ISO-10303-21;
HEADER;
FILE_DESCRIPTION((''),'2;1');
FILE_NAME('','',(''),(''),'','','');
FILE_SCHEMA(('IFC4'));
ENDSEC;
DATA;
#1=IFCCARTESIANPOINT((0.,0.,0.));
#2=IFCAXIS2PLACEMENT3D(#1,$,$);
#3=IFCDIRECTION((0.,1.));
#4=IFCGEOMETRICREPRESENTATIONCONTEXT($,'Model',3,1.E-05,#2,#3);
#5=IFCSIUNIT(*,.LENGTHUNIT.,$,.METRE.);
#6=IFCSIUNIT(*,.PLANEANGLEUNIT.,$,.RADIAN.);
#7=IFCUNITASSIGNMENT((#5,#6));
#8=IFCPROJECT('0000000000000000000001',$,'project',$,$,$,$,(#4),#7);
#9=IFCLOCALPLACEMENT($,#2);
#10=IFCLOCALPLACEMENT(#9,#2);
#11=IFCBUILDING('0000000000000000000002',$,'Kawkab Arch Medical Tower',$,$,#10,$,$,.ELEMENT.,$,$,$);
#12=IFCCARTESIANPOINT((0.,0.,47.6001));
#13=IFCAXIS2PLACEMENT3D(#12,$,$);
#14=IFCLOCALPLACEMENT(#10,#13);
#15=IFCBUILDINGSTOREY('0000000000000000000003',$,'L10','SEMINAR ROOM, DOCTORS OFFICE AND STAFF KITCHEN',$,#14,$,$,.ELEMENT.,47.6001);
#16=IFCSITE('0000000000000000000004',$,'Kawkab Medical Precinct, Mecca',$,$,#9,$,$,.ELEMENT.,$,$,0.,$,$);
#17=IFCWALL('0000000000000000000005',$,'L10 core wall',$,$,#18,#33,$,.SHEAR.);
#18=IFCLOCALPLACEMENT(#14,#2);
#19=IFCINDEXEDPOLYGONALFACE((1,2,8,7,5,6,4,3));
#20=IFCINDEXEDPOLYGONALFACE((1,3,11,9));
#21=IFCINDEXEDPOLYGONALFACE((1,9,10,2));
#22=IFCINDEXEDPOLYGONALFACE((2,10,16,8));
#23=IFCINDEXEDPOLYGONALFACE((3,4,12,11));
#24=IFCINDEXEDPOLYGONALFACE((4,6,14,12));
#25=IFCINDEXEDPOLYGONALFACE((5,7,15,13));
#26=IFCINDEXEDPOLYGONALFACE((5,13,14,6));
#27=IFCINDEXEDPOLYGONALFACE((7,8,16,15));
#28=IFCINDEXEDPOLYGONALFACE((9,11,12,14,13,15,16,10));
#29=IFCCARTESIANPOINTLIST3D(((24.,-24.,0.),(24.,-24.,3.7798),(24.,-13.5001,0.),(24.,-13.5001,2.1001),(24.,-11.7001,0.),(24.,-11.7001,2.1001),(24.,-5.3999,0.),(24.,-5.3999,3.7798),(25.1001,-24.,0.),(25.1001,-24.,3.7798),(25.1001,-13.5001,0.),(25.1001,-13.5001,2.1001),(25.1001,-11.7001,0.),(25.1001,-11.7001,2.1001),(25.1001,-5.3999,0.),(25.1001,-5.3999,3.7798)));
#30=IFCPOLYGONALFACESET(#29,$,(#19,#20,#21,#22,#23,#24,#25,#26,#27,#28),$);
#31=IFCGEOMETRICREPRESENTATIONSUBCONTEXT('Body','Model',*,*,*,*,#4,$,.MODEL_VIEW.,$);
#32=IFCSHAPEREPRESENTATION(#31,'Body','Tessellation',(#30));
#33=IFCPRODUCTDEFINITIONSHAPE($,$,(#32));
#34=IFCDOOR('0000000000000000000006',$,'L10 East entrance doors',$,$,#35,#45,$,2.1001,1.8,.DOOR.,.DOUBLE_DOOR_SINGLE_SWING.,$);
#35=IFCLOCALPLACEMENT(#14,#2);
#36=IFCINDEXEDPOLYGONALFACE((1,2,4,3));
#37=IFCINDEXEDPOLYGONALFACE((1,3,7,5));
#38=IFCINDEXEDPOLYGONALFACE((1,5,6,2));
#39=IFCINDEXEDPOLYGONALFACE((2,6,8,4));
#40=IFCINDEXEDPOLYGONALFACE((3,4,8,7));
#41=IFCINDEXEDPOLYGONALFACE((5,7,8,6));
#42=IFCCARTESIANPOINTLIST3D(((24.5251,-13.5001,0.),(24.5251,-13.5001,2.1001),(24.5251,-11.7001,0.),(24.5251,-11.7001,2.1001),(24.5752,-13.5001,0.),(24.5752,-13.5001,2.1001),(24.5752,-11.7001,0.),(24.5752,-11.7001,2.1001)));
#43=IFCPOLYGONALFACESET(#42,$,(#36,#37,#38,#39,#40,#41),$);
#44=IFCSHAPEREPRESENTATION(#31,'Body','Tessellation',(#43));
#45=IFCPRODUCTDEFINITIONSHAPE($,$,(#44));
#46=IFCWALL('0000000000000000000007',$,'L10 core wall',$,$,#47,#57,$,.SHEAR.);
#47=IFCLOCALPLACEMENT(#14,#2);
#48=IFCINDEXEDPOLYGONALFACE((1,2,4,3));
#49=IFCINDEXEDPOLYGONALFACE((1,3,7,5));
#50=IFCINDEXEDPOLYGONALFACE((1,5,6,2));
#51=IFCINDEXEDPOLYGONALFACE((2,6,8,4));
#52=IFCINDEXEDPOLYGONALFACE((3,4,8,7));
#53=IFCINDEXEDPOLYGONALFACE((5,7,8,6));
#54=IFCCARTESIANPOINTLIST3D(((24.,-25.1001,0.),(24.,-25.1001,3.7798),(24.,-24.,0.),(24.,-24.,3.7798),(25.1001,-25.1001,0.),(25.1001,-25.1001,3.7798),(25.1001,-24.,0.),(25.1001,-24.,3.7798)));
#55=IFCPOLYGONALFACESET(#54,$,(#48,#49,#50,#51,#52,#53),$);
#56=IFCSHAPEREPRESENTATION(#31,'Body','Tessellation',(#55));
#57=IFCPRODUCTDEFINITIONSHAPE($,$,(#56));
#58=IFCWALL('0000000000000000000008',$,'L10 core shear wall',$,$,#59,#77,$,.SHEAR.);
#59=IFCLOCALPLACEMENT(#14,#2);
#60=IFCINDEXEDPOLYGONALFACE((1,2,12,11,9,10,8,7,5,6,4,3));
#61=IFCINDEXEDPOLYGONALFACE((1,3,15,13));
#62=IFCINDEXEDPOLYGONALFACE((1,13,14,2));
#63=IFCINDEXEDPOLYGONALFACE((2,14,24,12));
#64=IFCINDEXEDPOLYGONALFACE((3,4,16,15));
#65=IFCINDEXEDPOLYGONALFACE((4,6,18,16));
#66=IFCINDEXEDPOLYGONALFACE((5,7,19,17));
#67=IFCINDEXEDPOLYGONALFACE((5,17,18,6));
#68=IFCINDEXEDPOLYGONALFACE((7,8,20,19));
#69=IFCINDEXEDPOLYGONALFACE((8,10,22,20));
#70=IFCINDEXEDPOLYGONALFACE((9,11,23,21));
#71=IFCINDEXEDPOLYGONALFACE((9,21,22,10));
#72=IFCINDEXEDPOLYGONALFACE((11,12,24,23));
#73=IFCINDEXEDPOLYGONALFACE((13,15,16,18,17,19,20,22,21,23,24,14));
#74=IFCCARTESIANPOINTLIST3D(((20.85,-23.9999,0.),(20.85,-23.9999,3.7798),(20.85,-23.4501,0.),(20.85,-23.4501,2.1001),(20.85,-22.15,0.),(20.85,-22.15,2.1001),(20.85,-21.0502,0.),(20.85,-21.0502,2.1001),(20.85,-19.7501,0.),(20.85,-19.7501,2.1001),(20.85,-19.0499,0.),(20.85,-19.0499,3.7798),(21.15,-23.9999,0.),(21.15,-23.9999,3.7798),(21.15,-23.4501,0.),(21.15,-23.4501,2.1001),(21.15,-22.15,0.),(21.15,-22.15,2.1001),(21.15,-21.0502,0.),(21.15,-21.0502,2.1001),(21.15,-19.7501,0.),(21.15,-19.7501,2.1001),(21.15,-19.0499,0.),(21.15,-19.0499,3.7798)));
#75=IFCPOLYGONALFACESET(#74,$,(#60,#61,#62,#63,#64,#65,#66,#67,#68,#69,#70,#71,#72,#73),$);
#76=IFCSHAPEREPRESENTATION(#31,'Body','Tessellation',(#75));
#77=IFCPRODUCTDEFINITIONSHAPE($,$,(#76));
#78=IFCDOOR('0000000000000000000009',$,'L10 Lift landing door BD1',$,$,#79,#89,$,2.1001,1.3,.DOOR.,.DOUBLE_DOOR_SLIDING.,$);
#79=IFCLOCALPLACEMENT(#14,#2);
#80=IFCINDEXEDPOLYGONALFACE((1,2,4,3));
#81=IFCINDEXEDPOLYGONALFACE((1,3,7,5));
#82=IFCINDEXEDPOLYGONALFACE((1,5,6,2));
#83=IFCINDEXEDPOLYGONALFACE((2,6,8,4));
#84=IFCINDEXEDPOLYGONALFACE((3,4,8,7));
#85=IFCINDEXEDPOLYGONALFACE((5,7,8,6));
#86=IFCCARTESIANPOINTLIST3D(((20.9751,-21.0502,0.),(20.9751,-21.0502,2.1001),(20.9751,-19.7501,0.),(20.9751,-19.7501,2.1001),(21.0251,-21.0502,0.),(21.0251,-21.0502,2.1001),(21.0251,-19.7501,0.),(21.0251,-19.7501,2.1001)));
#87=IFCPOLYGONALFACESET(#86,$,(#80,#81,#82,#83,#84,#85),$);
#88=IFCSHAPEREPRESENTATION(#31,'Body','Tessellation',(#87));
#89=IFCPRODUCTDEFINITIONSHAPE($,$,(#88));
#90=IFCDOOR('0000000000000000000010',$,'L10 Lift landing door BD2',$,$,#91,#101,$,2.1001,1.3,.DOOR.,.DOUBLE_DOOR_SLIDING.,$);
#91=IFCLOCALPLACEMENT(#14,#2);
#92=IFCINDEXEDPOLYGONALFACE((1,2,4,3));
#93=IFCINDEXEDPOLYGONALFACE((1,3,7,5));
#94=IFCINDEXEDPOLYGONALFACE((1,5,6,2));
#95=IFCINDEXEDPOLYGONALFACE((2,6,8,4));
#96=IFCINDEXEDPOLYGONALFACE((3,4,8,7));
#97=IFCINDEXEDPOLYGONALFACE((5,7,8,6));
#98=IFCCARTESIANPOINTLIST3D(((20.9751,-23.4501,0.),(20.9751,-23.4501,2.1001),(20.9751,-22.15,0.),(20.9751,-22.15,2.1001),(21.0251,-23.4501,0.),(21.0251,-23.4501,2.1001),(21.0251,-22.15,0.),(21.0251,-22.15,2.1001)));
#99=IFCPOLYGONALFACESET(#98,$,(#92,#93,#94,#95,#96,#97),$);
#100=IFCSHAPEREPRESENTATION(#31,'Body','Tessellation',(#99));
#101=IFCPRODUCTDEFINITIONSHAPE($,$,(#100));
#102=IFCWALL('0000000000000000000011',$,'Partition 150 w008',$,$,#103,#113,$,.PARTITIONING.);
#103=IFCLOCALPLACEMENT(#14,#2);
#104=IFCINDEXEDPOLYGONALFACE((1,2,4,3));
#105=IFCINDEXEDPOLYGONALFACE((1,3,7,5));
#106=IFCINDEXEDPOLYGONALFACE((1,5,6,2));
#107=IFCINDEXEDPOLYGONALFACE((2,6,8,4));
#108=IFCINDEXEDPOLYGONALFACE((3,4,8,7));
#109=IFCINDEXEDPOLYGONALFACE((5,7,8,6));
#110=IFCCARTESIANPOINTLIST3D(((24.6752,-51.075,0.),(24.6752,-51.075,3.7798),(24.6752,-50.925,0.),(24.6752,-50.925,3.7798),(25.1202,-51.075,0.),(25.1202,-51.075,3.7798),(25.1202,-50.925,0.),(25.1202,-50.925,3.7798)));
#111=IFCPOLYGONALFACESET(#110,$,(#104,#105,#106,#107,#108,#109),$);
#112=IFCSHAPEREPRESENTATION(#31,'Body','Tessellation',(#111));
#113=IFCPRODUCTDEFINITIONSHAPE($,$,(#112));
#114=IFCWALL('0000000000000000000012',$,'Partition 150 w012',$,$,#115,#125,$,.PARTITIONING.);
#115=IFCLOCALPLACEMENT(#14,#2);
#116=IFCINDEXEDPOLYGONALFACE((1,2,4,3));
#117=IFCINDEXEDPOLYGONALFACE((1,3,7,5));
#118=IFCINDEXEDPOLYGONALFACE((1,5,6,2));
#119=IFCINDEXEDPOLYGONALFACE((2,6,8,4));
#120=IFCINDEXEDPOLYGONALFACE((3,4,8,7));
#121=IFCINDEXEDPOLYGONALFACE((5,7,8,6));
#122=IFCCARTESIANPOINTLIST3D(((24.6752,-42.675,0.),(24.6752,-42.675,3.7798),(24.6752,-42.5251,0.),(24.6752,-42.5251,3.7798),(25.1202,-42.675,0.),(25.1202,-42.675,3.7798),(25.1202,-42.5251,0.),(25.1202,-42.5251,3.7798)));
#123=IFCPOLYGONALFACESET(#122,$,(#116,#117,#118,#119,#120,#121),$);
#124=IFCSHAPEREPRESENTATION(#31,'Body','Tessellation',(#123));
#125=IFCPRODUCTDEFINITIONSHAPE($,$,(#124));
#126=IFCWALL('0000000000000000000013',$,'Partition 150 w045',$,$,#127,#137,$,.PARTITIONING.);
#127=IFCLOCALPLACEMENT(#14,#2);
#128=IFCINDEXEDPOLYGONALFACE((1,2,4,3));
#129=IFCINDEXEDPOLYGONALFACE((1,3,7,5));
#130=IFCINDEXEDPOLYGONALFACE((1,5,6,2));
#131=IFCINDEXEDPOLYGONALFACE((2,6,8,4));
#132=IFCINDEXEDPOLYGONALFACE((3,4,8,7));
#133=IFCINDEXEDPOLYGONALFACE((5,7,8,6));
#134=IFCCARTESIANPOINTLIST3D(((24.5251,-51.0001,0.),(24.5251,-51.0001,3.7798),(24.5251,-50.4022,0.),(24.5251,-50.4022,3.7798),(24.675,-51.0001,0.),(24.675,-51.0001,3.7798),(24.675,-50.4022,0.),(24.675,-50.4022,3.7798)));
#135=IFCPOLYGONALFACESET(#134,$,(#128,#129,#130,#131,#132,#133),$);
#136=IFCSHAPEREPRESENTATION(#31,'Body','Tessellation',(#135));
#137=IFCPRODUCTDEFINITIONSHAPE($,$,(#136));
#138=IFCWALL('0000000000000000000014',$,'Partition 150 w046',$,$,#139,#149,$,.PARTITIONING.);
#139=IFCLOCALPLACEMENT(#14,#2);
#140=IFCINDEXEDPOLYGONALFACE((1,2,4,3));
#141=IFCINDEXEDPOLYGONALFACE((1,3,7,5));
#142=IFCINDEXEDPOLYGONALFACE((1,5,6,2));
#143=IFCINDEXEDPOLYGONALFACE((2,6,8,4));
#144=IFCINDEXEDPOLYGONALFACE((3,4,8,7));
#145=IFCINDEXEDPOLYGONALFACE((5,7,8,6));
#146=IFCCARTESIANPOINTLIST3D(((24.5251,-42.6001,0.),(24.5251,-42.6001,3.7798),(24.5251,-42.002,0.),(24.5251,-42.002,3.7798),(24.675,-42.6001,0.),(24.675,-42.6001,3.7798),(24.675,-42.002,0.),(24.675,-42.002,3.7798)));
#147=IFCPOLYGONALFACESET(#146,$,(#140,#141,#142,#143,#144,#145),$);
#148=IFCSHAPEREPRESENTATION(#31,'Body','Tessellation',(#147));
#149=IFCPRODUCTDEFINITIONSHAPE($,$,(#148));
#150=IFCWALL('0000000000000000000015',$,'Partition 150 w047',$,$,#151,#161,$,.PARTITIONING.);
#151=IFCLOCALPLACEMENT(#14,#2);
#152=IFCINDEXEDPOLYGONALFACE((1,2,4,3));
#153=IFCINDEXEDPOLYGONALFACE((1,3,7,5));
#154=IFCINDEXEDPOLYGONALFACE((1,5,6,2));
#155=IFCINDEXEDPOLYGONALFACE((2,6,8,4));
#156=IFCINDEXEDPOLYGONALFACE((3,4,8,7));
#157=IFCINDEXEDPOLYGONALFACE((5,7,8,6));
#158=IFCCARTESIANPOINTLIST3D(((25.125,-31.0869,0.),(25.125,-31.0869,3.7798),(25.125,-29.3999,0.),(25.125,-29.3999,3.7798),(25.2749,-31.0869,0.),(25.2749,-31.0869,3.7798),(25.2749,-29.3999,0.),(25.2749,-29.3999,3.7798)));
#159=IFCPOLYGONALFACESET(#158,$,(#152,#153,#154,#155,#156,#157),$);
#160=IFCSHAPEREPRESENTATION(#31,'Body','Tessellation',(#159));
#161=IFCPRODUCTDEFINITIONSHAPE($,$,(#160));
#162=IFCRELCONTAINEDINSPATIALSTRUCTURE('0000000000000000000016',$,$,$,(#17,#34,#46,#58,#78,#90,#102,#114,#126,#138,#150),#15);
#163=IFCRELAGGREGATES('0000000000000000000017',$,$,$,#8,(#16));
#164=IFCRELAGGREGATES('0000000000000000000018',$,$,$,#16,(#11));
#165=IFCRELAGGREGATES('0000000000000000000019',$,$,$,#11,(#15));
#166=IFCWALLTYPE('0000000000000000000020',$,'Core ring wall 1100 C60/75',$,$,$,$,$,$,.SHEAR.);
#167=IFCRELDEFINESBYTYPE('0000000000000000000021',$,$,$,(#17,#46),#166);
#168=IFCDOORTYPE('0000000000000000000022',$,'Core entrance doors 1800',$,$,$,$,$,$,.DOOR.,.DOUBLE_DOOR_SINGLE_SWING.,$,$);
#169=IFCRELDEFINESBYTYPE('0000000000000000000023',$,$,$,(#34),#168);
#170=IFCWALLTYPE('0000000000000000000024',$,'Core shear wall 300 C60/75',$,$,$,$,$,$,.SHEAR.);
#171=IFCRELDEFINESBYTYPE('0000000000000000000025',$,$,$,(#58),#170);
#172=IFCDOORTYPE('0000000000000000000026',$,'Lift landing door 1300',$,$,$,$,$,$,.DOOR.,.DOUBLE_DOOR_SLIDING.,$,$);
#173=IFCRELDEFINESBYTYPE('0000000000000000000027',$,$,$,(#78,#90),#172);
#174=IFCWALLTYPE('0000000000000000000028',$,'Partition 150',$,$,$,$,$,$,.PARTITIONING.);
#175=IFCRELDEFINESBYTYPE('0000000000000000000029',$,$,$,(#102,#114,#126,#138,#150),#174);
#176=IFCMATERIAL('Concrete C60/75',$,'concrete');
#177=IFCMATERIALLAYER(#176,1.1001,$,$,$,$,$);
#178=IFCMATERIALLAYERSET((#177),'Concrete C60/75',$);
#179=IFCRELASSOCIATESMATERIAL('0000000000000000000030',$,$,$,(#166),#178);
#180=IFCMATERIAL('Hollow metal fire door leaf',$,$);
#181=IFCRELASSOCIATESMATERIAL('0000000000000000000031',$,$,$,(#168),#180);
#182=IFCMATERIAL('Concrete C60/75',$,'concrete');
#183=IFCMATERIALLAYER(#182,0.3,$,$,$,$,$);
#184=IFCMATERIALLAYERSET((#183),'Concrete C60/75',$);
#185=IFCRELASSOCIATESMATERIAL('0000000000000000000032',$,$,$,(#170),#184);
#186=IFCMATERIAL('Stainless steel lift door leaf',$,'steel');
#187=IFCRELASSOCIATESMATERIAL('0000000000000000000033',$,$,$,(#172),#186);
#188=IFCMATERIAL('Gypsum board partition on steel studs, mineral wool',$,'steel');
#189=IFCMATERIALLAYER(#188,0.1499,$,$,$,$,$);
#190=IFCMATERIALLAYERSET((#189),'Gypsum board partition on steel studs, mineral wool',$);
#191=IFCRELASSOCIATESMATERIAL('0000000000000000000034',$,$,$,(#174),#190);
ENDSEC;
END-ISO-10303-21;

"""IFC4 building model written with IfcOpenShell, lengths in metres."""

from ifc_helpers import new_model, si_unit, direction, frame, frame_2d, origin, place, context, subcontext, project, spatial, rectangle, extrude, material, layer, layer_set, type_object, element, fill, save


model = new_model("IFC4")

# Units and contexts
model_context = context("Model", 3, precision=1e-05, world=origin(), true_north=direction((0.0, 1.0)))
body_context = subcontext(model_context, "Body", "Model", "MODEL_VIEW")
ifc_project = project(units=[si_unit("LENGTHUNIT", "METRE"), si_unit("PLANEANGLEUNIT", "RADIAN")], contexts=[model_context])

# Site, building, storey
site_placement = place(None, origin())
site = spatial("IfcSite", under=ifc_project, at=site_placement, Name="Kawkab Medical Precinct, Mecca", CompositionType="ELEMENT", RefElevation=0.0)
building_placement = place(site_placement, origin())
building = spatial("IfcBuilding", under=site, at=building_placement, Name="Kawkab Arch Medical Tower", CompositionType="ELEMENT")
storey_placement = place(building_placement, frame((0.0, 0.0, 47.6001)))
storey = spatial("IfcBuildingStorey", under=building, at=storey_placement, Name="L10", Description="SEMINAR ROOM, DOCTORS OFFICE AND STAFF KITCHEN", CompositionType="ELEMENT", Elevation=47.6001)

# Wall, opening, door
ifc_material_1 = material(Name="Concrete C60/75", Category="concrete")
ifc_layer_1 = layer(ifc_material_1, 1.1001)
ifc_layer_set_1 = layer_set([ifc_layer_1], Name="Concrete C60/75")
wall_type_1 = type_object("IfcWallType", Name="Core ring wall 1100 C60/75", PredefinedType="SHEAR", material=ifc_layer_set_1)
wall_1_placement = place(storey_placement, frame((24.55, -24.0, 0.0), z_axis=(0.0, 0.0, 1.0), x_axis=(0.0, 1.0, 0.0)))
wall_1 = element("IfcWall", 1, at=wall_1_placement, inside=storey, type_object=wall_type_1, Name="L10 core wall", PredefinedType="SHEAR", context=body_context, shape_type="SweptSolid", body=[
    extrude(rectangle(XDim=18.6001, YDim=1.1001, at=frame_2d((9.3, 0.0))), origin(), (0.0, 0.0, 1.0), 3.7798),
])
opening_1_placement = place(wall_1_placement, frame((10.5, 0.0, 0.0)))
opening_1 = element("IfcOpeningElement", 2, at=opening_1_placement, cuts=wall_1, PredefinedType="OPENING", context=body_context, shape_type="SweptSolid", body=[
    extrude(rectangle(XDim=1.8, YDim=2.1001, at=frame_2d((0.8999, 1.05))), frame((0.0, 0.5601, 0.0), z_axis=(0.0, -1.0, 0.0), x_axis=(1.0, 0.0, 0.0)), (0.0, 0.0, 1.0), 1.1201),
])
ifc_material_2 = material(Name="Hollow metal fire door leaf")
door_type_1 = type_object("IfcDoorType", Name="Core entrance doors 1800", OperationType="DOUBLE_DOOR_SINGLE_SWING", PredefinedType="DOOR", material=ifc_material_2)
door_1_placement = place(opening_1_placement, origin())
door_1 = element("IfcDoor", 3, at=door_1_placement, inside=storey, type_object=door_type_1, Name="L10 East entrance doors", OperationType="DOUBLE_DOOR_SINGLE_SWING", OverallHeight=2.1001, OverallWidth=1.8, PredefinedType="DOOR", context=body_context, shape_type="SweptSolid", body=[
    extrude(rectangle(XDim=1.8, YDim=2.1001, at=frame_2d((0.8999, 1.05))), frame((0.0, 0.0249, 0.0), z_axis=(0.0, -1.0, 0.0), x_axis=(1.0, 0.0, 0.0)), (0.0, 0.0, 1.0), 0.05),
])
fill(opening_1, door_1)

# Wall
wall_2_placement = place(storey_placement, frame((24.55, -25.1001, 0.0), z_axis=(0.0, 0.0, 1.0), x_axis=(0.0, 1.0, 0.0)))
element("IfcWall", 4, at=wall_2_placement, inside=storey, type_object=wall_type_1, Name="L10 core wall", PredefinedType="SHEAR", context=body_context, shape_type="SweptSolid", body=[
    extrude(rectangle(XDim=1.1001, YDim=1.1001, at=frame_2d((0.55, 0.0))), origin(), (0.0, 0.0, 1.0), 3.7798),
])

# Wall, openings, doors
ifc_material_3 = material(Name="Concrete C60/75", Category="concrete")
ifc_layer_2 = layer(ifc_material_3, 0.3)
ifc_layer_set_2 = layer_set([ifc_layer_2], Name="Concrete C60/75")
wall_type_2 = type_object("IfcWallType", Name="Core shear wall 300 C60/75", PredefinedType="SHEAR", material=ifc_layer_set_2)
wall_3_placement = place(storey_placement, frame((21.0, -24.0, 0.0), z_axis=(0.0, 0.0, 1.0), x_axis=(0.0, 1.0, 0.0)))
wall_3 = element("IfcWall", 5, at=wall_3_placement, inside=storey, type_object=wall_type_2, Name="L10 core shear wall", PredefinedType="SHEAR", context=body_context, shape_type="SweptSolid", body=[
    extrude(rectangle(XDim=4.95, YDim=0.3, at=frame_2d((2.4751, 0.0))), origin(), (0.0, 0.0, 1.0), 3.7798),
])
opening_2_placement = place(wall_3_placement, frame((2.95, 0.0, 0.0)))
opening_2 = element("IfcOpeningElement", 6, at=opening_2_placement, cuts=wall_3, PredefinedType="OPENING", context=body_context, shape_type="SweptSolid", body=[
    extrude(rectangle(XDim=1.3, YDim=2.1001, at=frame_2d((0.6499, 1.05))), frame((0.0, 0.1599, 0.0), z_axis=(0.0, -1.0, 0.0), x_axis=(1.0, 0.0, 0.0)), (0.0, 0.0, 1.0), 0.3201),
])
opening_3_placement = place(wall_3_placement, frame((0.55, 0.0, 0.0)))
opening_3 = element("IfcOpeningElement", 7, at=opening_3_placement, cuts=wall_3, PredefinedType="OPENING", context=body_context, shape_type="SweptSolid", body=[
    extrude(rectangle(XDim=1.3, YDim=2.1001, at=frame_2d((0.6499, 1.05))), frame((0.0, 0.1599, 0.0), z_axis=(0.0, -1.0, 0.0), x_axis=(1.0, 0.0, 0.0)), (0.0, 0.0, 1.0), 0.3201),
])
ifc_material_4 = material(Name="Stainless steel lift door leaf", Category="steel")
door_type_2 = type_object("IfcDoorType", Name="Lift landing door 1300", OperationType="DOUBLE_DOOR_SLIDING", PredefinedType="DOOR", material=ifc_material_4)
door_2_placement = place(opening_2_placement, origin())
door_2 = element("IfcDoor", 8, at=door_2_placement, inside=storey, type_object=door_type_2, Name="L10 Lift landing door BD1", OperationType="DOUBLE_DOOR_SLIDING", OverallHeight=2.1001, OverallWidth=1.3, PredefinedType="DOOR", context=body_context, shape_type="SweptSolid", body=[
    extrude(rectangle(XDim=1.3, YDim=2.1001, at=frame_2d((0.6499, 1.05))), frame((0.0, 0.0249, 0.0), z_axis=(0.0, -1.0, 0.0), x_axis=(1.0, 0.0, 0.0)), (0.0, 0.0, 1.0), 0.05),
])
fill(opening_2, door_2)
door_3_placement = place(opening_3_placement, origin())
door_3 = element("IfcDoor", 9, at=door_3_placement, inside=storey, type_object=door_type_2, Name="L10 Lift landing door BD2", OperationType="DOUBLE_DOOR_SLIDING", OverallHeight=2.1001, OverallWidth=1.3, PredefinedType="DOOR", context=body_context, shape_type="SweptSolid", body=[
    extrude(rectangle(XDim=1.3, YDim=2.1001, at=frame_2d((0.6499, 1.05))), frame((0.0, 0.0249, 0.0), z_axis=(0.0, -1.0, 0.0), x_axis=(1.0, 0.0, 0.0)), (0.0, 0.0, 1.0), 0.05),
])
fill(opening_3, door_3)

# Walls
ifc_material_5 = material(Name="Gypsum board partition on steel studs, mineral wool", Category="steel")
ifc_layer_3 = layer(ifc_material_5, 0.1499)
ifc_layer_set_3 = layer_set([ifc_layer_3], Name="Gypsum board partition on steel studs, mineral wool")
wall_type_3 = type_object("IfcWallType", Name="Partition 150", PredefinedType="PARTITIONING", material=ifc_layer_set_3)
for number, where, z_axis, x_axis, name in (
    (10, (24.675, -51.0, 0.0), (0.0, 0.0, 1.0), (1.0, 0.0, 0.0), "Partition 150 w008"),
    (11, (24.675, -42.6001, 0.0), (0.0, 0.0, 1.0), (1.0, 0.0, 0.0), "Partition 150 w012"),
):
    element("IfcWall", number, at=place(storey_placement, frame(where, z_axis=z_axis, x_axis=x_axis)), inside=storey, type_object=wall_type_3, Name=name, PredefinedType="PARTITIONING", context=body_context, shape_type="SweptSolid", body=[
        extrude(rectangle(XDim=0.4451, YDim=0.1499, at=frame_2d((0.2227, 0.0))), origin(), (0.0, 0.0, 1.0), 3.7798),
    ])
wall_4_placement = place(storey_placement, frame((24.6001, -51.0, 0.0), z_axis=(0.0, 0.0, 1.0), x_axis=(0.0, 1.0, 0.0)))
element("IfcWall", 12, at=wall_4_placement, inside=storey, type_object=wall_type_3, Name="Partition 150 w045", PredefinedType="PARTITIONING", context=body_context, shape_type="SweptSolid", body=[
    extrude(rectangle(XDim=0.5979, YDim=0.1499, at=frame_2d((0.2988, 0.0))), origin(), (0.0, 0.0, 1.0), 3.7798),
])
wall_5_placement = place(storey_placement, frame((24.6001, -42.6001, 0.0), z_axis=(0.0, 0.0, 1.0), x_axis=(0.0, 1.0, 0.0)))
element("IfcWall", 13, at=wall_5_placement, inside=storey, type_object=wall_type_3, Name="Partition 150 w046", PredefinedType="PARTITIONING", context=body_context, shape_type="SweptSolid", body=[
    extrude(rectangle(XDim=0.5981, YDim=0.1499, at=frame_2d((0.2991, 0.0))), origin(), (0.0, 0.0, 1.0), 3.7798),
])
wall_6_placement = place(storey_placement, frame((25.2, -31.0869, 0.0), z_axis=(0.0, 0.0, 1.0), x_axis=(0.0, 1.0, 0.0)))
element("IfcWall", 14, at=wall_6_placement, inside=storey, type_object=wall_type_3, Name="Partition 150 w047", PredefinedType="PARTITIONING", context=body_context, shape_type="SweptSolid", body=[
    extrude(rectangle(XDim=1.687, YDim=0.1499, at=frame_2d((0.8435, 0.0))), origin(), (0.0, 0.0, 1.0), 3.7798),
])

save(model, "model.ifc")
